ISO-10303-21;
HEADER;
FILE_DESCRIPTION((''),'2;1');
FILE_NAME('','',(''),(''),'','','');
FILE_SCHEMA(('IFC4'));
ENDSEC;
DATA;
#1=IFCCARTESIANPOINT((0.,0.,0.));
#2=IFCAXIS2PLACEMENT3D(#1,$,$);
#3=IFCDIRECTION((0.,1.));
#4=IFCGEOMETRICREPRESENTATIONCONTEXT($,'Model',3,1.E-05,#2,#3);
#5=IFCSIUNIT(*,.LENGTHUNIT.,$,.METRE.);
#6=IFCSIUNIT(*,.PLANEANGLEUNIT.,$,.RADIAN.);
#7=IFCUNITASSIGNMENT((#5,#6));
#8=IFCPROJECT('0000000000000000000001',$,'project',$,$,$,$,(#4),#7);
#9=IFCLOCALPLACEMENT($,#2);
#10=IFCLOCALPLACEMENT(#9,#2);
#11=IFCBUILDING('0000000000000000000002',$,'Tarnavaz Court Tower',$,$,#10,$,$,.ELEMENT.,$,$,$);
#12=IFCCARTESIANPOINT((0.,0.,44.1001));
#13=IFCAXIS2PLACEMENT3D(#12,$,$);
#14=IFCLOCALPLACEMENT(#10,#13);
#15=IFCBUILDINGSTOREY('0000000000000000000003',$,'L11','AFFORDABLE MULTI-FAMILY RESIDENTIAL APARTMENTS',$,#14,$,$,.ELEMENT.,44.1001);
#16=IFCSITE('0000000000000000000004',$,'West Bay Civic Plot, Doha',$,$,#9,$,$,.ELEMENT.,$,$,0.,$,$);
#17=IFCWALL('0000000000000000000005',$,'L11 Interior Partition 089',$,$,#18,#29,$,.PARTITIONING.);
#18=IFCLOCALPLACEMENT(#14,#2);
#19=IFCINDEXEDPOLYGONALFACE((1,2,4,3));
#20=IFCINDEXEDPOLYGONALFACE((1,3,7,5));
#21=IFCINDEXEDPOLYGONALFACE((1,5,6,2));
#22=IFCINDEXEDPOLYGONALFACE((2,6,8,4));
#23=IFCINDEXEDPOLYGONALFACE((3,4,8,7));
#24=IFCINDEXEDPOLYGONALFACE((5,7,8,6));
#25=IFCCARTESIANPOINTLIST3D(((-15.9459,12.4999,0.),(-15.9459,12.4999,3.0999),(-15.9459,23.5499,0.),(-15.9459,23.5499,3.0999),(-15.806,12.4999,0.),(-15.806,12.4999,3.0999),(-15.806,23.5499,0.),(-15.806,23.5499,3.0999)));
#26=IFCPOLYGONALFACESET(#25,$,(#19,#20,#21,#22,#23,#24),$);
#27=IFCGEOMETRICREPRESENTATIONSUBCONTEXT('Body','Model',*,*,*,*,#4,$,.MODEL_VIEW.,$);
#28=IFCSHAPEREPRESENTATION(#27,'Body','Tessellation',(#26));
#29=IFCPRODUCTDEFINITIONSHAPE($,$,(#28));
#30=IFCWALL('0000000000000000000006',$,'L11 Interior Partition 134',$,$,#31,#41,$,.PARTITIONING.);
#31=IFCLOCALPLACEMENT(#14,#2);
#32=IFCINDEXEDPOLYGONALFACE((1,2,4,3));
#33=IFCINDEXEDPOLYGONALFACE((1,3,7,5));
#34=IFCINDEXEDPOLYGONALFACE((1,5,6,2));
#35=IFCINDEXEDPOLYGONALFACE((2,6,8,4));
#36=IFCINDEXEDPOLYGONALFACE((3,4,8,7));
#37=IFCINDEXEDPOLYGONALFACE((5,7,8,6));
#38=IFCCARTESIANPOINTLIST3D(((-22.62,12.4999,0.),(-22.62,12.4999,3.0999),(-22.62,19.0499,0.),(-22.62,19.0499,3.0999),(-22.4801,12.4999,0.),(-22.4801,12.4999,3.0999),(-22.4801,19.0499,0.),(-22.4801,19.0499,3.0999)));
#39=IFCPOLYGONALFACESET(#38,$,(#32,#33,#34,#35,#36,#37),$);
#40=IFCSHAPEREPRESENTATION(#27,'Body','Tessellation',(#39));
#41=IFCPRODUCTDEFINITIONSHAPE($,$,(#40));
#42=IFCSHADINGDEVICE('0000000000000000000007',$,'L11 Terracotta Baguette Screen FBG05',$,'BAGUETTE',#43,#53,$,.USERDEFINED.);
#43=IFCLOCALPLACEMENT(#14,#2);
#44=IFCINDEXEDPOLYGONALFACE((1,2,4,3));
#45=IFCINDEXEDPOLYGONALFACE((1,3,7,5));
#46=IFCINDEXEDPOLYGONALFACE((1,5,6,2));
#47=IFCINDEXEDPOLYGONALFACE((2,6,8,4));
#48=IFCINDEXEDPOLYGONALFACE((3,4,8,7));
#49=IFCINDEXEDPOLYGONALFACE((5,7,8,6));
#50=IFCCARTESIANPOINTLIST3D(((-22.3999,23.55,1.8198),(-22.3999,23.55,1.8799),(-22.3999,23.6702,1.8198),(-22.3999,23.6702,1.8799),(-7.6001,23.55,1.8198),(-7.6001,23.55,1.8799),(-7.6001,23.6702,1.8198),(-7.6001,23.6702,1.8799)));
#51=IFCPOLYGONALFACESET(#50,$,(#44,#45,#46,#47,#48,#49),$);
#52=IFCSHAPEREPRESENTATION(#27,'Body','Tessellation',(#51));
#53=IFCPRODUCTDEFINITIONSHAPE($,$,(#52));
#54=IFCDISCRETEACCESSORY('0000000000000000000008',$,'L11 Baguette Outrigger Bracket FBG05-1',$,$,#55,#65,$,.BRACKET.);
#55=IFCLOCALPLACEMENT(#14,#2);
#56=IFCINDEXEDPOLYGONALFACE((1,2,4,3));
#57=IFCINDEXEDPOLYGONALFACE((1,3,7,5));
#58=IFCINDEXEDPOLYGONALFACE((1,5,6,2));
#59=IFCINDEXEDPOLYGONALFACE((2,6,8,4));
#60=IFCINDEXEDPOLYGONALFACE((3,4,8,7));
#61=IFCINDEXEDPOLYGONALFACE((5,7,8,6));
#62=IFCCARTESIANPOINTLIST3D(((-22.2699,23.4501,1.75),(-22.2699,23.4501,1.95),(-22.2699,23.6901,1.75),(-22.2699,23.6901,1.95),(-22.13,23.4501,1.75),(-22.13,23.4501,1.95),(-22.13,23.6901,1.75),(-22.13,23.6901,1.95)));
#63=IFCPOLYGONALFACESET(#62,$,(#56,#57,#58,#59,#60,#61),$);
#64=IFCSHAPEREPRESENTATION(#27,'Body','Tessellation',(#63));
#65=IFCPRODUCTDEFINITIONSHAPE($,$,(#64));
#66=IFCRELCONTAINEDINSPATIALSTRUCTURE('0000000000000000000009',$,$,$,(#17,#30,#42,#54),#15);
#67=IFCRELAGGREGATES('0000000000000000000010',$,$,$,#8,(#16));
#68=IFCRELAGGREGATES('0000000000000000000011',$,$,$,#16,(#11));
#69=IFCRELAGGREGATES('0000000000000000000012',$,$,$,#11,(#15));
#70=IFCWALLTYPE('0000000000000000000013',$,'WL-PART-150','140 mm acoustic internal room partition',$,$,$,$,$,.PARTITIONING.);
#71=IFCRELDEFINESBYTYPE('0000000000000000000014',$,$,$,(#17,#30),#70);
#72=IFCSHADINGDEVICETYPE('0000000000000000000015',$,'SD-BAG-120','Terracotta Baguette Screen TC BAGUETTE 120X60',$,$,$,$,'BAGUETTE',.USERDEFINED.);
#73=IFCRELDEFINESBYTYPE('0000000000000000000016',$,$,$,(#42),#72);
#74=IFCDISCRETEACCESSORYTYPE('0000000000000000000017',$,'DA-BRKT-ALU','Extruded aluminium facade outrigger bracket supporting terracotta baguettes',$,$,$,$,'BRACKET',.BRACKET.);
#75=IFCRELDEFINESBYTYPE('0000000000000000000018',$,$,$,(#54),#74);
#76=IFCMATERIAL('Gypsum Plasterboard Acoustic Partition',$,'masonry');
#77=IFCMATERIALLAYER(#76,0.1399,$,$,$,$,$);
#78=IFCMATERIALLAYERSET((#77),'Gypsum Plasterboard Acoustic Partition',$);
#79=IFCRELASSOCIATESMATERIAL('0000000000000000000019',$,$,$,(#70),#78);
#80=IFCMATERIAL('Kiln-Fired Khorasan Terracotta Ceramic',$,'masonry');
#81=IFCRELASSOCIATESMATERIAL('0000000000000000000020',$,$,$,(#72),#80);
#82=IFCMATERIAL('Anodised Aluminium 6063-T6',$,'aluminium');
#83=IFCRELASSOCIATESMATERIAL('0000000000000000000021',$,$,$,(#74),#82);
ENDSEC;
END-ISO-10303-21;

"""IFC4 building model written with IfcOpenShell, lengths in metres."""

from ifc_helpers import new_model, si_unit, direction, frame, frame_2d, origin, origin_2d, place, context, subcontext, project, spatial, rectangle, extrude, material, layer, layer_set, material_profile, profile_set, type_object, element, save


model = new_model("IFC4")

# Units and contexts
model_context = context("Model", 3, precision=1e-05, world=origin(), true_north=direction((0.0, 1.0)))
body_context = subcontext(model_context, "Body", "Model", "MODEL_VIEW")
ifc_project = project(units=[si_unit("LENGTHUNIT", "METRE"), si_unit("PLANEANGLEUNIT", "RADIAN")], contexts=[model_context])

# Site, building, storey
site_placement = place(None, origin())
site = spatial("IfcSite", under=ifc_project, at=site_placement, Name="West Bay Civic Plot, Doha", CompositionType="ELEMENT", RefElevation=0.0)
building_placement = place(site_placement, origin())
building = spatial("IfcBuilding", under=site, at=building_placement, Name="Tarnavaz Court Tower", CompositionType="ELEMENT")
storey_placement = place(building_placement, frame((0.0, 0.0, 44.1001)))
storey = spatial("IfcBuildingStorey", under=building, at=storey_placement, Name="L11", Description="AFFORDABLE MULTI-FAMILY RESIDENTIAL APARTMENTS", CompositionType="ELEMENT", Elevation=44.1001)

# Walls
ifc_material_1 = material(Name="Gypsum Plasterboard Acoustic Partition", Category="masonry")
ifc_layer_1 = layer(ifc_material_1, 0.1399)
ifc_layer_set_1 = layer_set([ifc_layer_1], Name="Gypsum Plasterboard Acoustic Partition")
wall_type_1 = type_object("IfcWallType", Name="WL-PART-150", Description="140 mm acoustic internal room partition", PredefinedType="PARTITIONING", material=ifc_layer_set_1)
wall_1_placement = place(storey_placement, frame((-15.876, 12.5, 0.0), z_axis=(0.0, 0.0, 1.0), x_axis=(0.0, 1.0, 0.0)))
element("IfcWall", 1, at=wall_1_placement, inside=storey, type_object=wall_type_1, Name="L11 Interior Partition 089", PredefinedType="PARTITIONING", context=body_context, shape_type="SweptSolid", body=[
    extrude(rectangle(XDim=11.05, YDim=0.1399, at=frame_2d((5.5249, 0.0))), origin(), (0.0, 0.0, 1.0), 3.0999),
])
wall_2_placement = place(storey_placement, frame((-22.55, 12.5, 0.0), z_axis=(0.0, 0.0, 1.0), x_axis=(0.0, 1.0, 0.0)))
element("IfcWall", 2, at=wall_2_placement, inside=storey, type_object=wall_type_1, Name="L11 Interior Partition 134", PredefinedType="PARTITIONING", context=body_context, shape_type="SweptSolid", body=[
    extrude(rectangle(XDim=6.55, YDim=0.1399, at=frame_2d((3.2749, 0.0))), origin(), (0.0, 0.0, 1.0), 3.0999),
])

# Shading device
ifc_material_2 = material(Name="Kiln-Fired Khorasan Terracotta Ceramic", Category="masonry")
ifc_material_profile_1 = material_profile(ifc_material_2, rectangle(XDim=0.1201, YDim=0.0601, at=origin_2d()), Name="TC BAGUETTE 120X60")
ifc_profile_set_1 = profile_set([ifc_material_profile_1], Name="Kiln-Fired Khorasan Terracotta Ceramic")
shading_device_type = type_object("IfcShadingDeviceType", Name="SD-BAG-120", Description="Terracotta Baguette Screen TC BAGUETTE 120X60", ElementType="BAGUETTE", PredefinedType="USERDEFINED", material=ifc_profile_set_1)
shading_device_placement = place(storey_placement, frame((-22.3999, 23.6101, 1.8499), z_axis=(1.0, 0.0, 0.0), x_axis=(0.0, 1.0, 0.0)))
element("IfcShadingDevice", 3, at=shading_device_placement, inside=storey, type_object=shading_device_type, Name="L11 Terracotta Baguette Screen FBG05", ObjectType="BAGUETTE", PredefinedType="USERDEFINED", context=body_context, shape_type="SweptSolid", body=[
    extrude(rectangle(XDim=0.1201, YDim=0.0601, at=origin_2d()), origin(), (0.0, 0.0, 1.0), 14.7998),
])

# Discrete accessory
ifc_material_3 = material(Name="Anodised Aluminium 6063-T6", Category="aluminium")
discrete_accessory_type = type_object("IfcDiscreteAccessoryType", Name="DA-BRKT-ALU", Description="Extruded aluminium facade outrigger bracket supporting terracotta baguettes", ElementType="BRACKET", PredefinedType="BRACKET", material=ifc_material_3)
discrete_accessory_placement = place(storey_placement, frame((-22.2, 23.5701, 1.75), z_axis=(0.0, 0.0, 1.0), x_axis=(1.0, 0.0, 0.0)))
element("IfcDiscreteAccessory", 4, at=discrete_accessory_placement, inside=storey, type_object=discrete_accessory_type, Name="L11 Baguette Outrigger Bracket FBG05-1", PredefinedType="BRACKET", context=body_context, shape_type="SweptSolid", body=[
    extrude(rectangle(XDim=0.1399, YDim=0.24, at=origin_2d()), origin(), (0.0, 0.0, 1.0), 0.2),
])

save(model, "model.ifc")
